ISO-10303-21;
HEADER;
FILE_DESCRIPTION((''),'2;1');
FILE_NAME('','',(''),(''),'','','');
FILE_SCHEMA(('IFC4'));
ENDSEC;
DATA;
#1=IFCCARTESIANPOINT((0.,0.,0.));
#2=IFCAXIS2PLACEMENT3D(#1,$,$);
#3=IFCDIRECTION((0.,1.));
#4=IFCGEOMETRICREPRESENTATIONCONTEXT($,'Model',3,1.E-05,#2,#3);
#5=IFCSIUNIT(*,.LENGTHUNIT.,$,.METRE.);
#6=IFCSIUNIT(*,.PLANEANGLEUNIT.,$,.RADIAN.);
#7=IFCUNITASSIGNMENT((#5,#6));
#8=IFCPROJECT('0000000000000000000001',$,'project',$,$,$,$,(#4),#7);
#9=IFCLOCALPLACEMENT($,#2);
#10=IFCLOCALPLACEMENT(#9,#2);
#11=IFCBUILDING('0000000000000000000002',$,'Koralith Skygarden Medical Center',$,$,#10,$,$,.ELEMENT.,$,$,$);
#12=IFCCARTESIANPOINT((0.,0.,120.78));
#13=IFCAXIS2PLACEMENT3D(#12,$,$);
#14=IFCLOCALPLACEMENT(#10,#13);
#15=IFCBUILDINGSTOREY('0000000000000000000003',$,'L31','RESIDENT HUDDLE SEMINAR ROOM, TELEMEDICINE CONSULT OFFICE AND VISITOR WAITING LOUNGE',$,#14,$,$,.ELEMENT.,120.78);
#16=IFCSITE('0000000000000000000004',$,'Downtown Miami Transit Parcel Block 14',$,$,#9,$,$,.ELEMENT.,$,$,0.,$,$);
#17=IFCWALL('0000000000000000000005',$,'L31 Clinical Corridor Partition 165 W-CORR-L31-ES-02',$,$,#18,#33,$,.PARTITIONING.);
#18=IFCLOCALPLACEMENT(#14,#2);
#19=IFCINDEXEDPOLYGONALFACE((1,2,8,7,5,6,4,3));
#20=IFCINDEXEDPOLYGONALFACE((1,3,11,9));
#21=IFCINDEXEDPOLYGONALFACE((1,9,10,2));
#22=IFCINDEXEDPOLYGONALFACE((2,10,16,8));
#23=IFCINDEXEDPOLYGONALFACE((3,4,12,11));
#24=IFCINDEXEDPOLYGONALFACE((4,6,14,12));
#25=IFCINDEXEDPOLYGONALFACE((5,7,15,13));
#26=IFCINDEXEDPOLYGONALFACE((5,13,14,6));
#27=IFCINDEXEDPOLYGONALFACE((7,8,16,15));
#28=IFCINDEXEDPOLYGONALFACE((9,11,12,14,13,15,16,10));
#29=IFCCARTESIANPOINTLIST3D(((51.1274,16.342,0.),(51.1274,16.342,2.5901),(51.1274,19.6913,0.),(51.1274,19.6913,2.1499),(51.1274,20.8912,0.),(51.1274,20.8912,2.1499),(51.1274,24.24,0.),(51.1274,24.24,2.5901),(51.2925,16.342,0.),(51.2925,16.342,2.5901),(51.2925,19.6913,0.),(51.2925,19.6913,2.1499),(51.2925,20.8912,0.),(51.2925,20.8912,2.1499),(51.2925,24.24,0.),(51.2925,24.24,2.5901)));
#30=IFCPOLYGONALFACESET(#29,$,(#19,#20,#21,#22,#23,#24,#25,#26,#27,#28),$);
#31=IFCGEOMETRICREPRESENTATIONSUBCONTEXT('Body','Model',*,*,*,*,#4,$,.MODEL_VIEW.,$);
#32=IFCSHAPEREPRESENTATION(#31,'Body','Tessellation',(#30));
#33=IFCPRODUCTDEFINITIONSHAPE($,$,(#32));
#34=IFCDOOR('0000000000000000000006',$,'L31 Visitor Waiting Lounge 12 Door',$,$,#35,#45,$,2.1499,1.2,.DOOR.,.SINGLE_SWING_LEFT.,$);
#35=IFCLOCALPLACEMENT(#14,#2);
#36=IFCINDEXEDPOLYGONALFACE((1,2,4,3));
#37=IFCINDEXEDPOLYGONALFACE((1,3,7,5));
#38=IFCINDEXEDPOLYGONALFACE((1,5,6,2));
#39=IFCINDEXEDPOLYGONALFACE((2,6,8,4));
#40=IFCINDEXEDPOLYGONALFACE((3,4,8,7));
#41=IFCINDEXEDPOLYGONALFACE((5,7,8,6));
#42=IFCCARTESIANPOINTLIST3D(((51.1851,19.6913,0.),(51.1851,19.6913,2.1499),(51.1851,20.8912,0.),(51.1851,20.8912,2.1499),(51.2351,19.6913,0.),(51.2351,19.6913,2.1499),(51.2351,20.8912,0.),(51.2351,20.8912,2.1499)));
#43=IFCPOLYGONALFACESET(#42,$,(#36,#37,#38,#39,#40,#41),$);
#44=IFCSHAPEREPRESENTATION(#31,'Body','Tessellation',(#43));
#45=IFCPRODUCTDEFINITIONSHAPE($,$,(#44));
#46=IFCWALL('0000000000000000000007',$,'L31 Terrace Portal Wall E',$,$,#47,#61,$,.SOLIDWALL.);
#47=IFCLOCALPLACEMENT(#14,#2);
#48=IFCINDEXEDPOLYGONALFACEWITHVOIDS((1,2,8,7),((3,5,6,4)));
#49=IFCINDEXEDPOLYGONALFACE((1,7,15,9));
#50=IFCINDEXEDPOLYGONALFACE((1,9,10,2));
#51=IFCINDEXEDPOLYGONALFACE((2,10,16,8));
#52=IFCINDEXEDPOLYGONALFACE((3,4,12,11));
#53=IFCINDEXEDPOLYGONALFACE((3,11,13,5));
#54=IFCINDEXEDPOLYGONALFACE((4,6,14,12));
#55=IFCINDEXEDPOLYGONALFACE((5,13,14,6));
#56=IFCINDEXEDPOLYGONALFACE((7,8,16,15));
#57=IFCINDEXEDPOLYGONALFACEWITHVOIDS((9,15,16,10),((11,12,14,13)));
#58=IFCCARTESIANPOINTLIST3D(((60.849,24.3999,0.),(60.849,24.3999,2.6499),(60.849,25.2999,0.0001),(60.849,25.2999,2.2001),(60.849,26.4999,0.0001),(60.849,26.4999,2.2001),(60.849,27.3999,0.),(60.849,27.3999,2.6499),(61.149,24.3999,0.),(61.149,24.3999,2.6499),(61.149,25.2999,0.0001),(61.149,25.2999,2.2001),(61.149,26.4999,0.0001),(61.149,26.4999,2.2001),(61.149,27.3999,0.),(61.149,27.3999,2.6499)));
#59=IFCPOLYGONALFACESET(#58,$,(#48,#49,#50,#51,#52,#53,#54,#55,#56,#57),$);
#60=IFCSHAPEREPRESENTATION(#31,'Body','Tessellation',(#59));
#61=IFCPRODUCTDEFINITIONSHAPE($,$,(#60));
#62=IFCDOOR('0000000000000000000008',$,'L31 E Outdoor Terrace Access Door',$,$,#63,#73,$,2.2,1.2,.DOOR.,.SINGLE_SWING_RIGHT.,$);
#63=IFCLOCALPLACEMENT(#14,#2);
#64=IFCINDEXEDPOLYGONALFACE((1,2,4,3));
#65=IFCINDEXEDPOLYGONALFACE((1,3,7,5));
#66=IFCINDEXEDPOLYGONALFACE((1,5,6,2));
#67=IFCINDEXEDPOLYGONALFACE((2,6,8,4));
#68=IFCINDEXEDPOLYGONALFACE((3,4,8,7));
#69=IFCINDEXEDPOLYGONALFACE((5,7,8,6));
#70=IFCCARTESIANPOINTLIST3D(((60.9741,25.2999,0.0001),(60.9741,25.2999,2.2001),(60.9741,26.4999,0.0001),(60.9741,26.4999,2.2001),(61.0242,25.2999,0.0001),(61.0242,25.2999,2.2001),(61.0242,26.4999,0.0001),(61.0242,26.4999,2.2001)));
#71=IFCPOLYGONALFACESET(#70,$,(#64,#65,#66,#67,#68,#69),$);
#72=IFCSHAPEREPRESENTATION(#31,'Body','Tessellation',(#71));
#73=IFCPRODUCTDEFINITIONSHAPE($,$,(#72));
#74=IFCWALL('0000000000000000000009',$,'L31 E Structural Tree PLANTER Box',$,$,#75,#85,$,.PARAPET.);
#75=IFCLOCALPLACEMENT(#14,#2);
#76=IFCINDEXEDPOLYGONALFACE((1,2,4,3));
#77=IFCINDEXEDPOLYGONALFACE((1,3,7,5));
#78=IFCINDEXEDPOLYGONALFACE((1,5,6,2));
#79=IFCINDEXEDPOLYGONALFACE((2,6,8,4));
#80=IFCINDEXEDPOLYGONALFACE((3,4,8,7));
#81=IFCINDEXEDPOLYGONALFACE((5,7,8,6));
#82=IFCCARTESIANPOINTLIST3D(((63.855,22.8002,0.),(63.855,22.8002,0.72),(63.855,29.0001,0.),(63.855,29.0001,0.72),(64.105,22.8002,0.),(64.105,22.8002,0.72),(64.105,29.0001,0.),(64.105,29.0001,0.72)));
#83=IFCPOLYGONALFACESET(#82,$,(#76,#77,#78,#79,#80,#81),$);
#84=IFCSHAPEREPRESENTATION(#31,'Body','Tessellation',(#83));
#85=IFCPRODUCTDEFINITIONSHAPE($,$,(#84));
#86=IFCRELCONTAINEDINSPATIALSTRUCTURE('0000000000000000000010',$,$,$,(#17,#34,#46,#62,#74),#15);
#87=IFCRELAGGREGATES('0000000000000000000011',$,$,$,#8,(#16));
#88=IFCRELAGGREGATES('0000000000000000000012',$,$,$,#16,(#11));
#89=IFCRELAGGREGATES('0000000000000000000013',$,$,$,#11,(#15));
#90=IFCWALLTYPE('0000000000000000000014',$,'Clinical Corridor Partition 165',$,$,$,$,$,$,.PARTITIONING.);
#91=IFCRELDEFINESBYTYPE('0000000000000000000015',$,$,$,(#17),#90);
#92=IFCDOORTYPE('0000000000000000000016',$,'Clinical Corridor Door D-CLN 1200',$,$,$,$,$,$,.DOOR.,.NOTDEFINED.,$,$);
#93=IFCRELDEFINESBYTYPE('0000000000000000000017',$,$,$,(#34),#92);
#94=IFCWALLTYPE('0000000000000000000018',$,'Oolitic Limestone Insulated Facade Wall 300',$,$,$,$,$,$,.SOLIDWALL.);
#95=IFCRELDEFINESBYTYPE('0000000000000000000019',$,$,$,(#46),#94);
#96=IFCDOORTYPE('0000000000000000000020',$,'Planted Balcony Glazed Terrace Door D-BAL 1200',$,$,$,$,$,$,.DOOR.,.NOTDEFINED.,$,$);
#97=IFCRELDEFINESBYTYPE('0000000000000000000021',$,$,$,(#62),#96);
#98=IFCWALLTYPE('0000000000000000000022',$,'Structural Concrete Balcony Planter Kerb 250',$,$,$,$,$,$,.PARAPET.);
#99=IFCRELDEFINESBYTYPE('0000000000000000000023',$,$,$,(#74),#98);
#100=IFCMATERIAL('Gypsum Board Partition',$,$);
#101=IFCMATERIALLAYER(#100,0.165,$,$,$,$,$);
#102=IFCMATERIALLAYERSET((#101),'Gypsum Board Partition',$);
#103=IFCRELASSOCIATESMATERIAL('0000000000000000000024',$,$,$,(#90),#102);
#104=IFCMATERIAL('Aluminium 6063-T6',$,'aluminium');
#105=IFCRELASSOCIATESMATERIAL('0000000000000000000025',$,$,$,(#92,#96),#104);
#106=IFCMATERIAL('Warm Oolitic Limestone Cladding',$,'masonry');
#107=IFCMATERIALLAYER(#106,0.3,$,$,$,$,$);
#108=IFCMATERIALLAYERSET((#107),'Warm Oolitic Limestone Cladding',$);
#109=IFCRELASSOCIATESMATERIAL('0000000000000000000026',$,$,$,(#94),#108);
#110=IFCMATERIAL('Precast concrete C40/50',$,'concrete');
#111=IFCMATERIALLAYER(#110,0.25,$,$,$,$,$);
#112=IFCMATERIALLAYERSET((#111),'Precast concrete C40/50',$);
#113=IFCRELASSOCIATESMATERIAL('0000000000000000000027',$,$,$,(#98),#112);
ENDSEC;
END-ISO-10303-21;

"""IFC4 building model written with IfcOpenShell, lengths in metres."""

from ifc_helpers import new_model, si_unit, direction, frame, frame_2d, origin, place, context, subcontext, project, spatial, rectangle, extrude, material, layer, layer_set, type_object, element, fill, save


model = new_model("IFC4")

# Units and contexts
model_context = context("Model", 3, precision=1e-05, world=origin(), true_north=direction((0.0, 1.0)))
body_context = subcontext(model_context, "Body", "Model", "MODEL_VIEW")
ifc_project = project(units=[si_unit("LENGTHUNIT", "METRE"), si_unit("PLANEANGLEUNIT", "RADIAN")], contexts=[model_context])

# Site, building, storey
site_placement = place(None, origin())
site = spatial("IfcSite", under=ifc_project, at=site_placement, Name="Downtown Miami Transit Parcel Block 14", CompositionType="ELEMENT", RefElevation=0.0)
building_placement = place(site_placement, origin())
building = spatial("IfcBuilding", under=site, at=building_placement, Name="Koralith Skygarden Medical Center", CompositionType="ELEMENT")
storey_placement = place(building_placement, frame((0.0, 0.0, 120.78)))
storey = spatial("IfcBuildingStorey", under=building, at=storey_placement, Name="L31", Description="RESIDENT HUDDLE SEMINAR ROOM, TELEMEDICINE CONSULT OFFICE AND VISITOR WAITING LOUNGE", CompositionType="ELEMENT", Elevation=120.78)

# Shared definitions
ifc_material_1 = material(Name="Aluminium 6063-T6", Category="aluminium")

# Shared definitions
ifc_material_2 = material(Name="Gypsum Board Partition")
ifc_layer_1 = layer(ifc_material_2, 0.165)
ifc_layer_set_1 = layer_set([ifc_layer_1], Name="Gypsum Board Partition")
wall_type_1 = type_object("IfcWallType", Name="Clinical Corridor Partition 165", PredefinedType="PARTITIONING", material=ifc_layer_set_1)

# Walls, openings, doors
wall_1_placement = place(storey_placement, frame((51.21, 16.342, 0.0), z_axis=(0.0, 0.0, 1.0), x_axis=(0.0, 1.0, 0.0)))
wall_1 = element("IfcWall", 1, at=wall_1_placement, inside=storey, type_object=wall_type_1, Name="L31 Clinical Corridor Partition 165 W-CORR-L31-ES-02", PredefinedType="PARTITIONING", context=body_context, shape_type="SweptSolid", body=[
    extrude(rectangle(XDim=7.8979, YDim=0.165, at=frame_2d((3.949, 0.0))), origin(), (0.0, 0.0, 1.0), 2.5901),
])
opening_1_placement = place(wall_1_placement, frame((3.3491, 0.0, 0.0)))
opening_1 = element("IfcOpeningElement", 2, at=opening_1_placement, cuts=wall_1, PredefinedType="OPENING", context=body_context, shape_type="SweptSolid", body=[
    extrude(rectangle(XDim=1.2, YDim=2.1499, at=frame_2d((0.6001, 1.075))), frame((0.0, 0.0925, 0.0), z_axis=(0.0, -1.0, 0.0), x_axis=(1.0, 0.0, 0.0)), (0.0, 0.0, 1.0), 0.1851),
])
door_type_1 = type_object("IfcDoorType", Name="Clinical Corridor Door D-CLN 1200", OperationType="NOTDEFINED", PredefinedType="DOOR", material=ifc_material_1)
door_1_placement = place(opening_1_placement, origin())
door_1 = element("IfcDoor", 3, at=door_1_placement, inside=storey, type_object=door_type_1, Name="L31 Visitor Waiting Lounge 12 Door", OperationType="SINGLE_SWING_LEFT", OverallHeight=2.1499, OverallWidth=1.2, PredefinedType="DOOR", context=body_context, shape_type="SweptSolid", body=[
    extrude(rectangle(XDim=1.2, YDim=2.1499, at=frame_2d((0.6001, 1.075))), frame((0.0, 0.0249, 0.0), z_axis=(0.0, -1.0, 0.0), x_axis=(1.0, 0.0, 0.0)), (0.0, 0.0, 1.0), 0.05),
])
fill(opening_1, door_1)
ifc_material_3 = material(Name="Warm Oolitic Limestone Cladding", Category="masonry")
ifc_layer_2 = layer(ifc_material_3, 0.3)
ifc_layer_set_2 = layer_set([ifc_layer_2], Name="Warm Oolitic Limestone Cladding")
wall_type_2 = type_object("IfcWallType", Name="Oolitic Limestone Insulated Facade Wall 300", PredefinedType="SOLIDWALL", material=ifc_layer_set_2)
wall_2_placement = place(storey_placement, frame((60.999, 24.3999, 0.0), z_axis=(0.0, 0.0, 1.0), x_axis=(0.0, 1.0, 0.0)))
wall_2 = element("IfcWall", 4, at=wall_2_placement, inside=storey, type_object=wall_type_2, Name="L31 Terrace Portal Wall E", PredefinedType="SOLIDWALL", context=body_context, shape_type="SweptSolid", body=[
    extrude(rectangle(XDim=3.0, YDim=0.3, at=frame_2d((1.5, 0.0))), origin(), (0.0, 0.0, 1.0), 2.6499),
])
opening_2_placement = place(wall_2_placement, frame((0.8999, 0.0, 0.0)))
opening_2 = element("IfcOpeningElement", 5, at=opening_2_placement, cuts=wall_2, PredefinedType="OPENING", context=body_context, shape_type="SweptSolid", body=[
    extrude(rectangle(XDim=1.2, YDim=2.2, at=frame_2d((0.6001, 1.1001))), frame((0.0, 0.1599, 0.0), z_axis=(0.0, -1.0, 0.0), x_axis=(1.0, 0.0, 0.0)), (0.0, 0.0, 1.0), 0.3201),
])
door_type_2 = type_object("IfcDoorType", Name="Planted Balcony Glazed Terrace Door D-BAL 1200", OperationType="NOTDEFINED", PredefinedType="DOOR", material=ifc_material_1)
door_2_placement = place(opening_2_placement, origin())
door_2 = element("IfcDoor", 6, at=door_2_placement, inside=storey, type_object=door_type_2, Name="L31 E Outdoor Terrace Access Door", OperationType="SINGLE_SWING_RIGHT", OverallHeight=2.2, OverallWidth=1.2, PredefinedType="DOOR", context=body_context, shape_type="SweptSolid", body=[
    extrude(rectangle(XDim=1.2, YDim=2.2, at=frame_2d((0.6001, 1.1001))), frame((0.0, 0.0249, 0.0), z_axis=(0.0, -1.0, 0.0), x_axis=(1.0, 0.0, 0.0)), (0.0, 0.0, 1.0), 0.05),
])
fill(opening_2, door_2)

# Wall
ifc_material_4 = material(Name="Precast concrete C40/50", Category="concrete")
ifc_layer_3 = layer(ifc_material_4, 0.25)
ifc_layer_set_3 = layer_set([ifc_layer_3], Name="Precast concrete C40/50")
wall_type_3 = type_object("IfcWallType", Name="Structural Concrete Balcony Planter Kerb 250", PredefinedType="PARAPET", material=ifc_layer_set_3)
wall_3_placement = place(storey_placement, frame((63.98, 22.8, 0.0), z_axis=(0.0, 0.0, 1.0), x_axis=(0.0, 1.0, 0.0)))
element("IfcWall", 7, at=wall_3_placement, inside=storey, type_object=wall_type_3, Name="L31 E Structural Tree PLANTER Box", PredefinedType="PARAPET", context=body_context, shape_type="SweptSolid", body=[
    extrude(rectangle(XDim=6.2, YDim=0.25, at=frame_2d((3.1001, 0.0))), origin(), (0.0, 0.0, 1.0), 0.72),
])

save(model, "model.ifc")
